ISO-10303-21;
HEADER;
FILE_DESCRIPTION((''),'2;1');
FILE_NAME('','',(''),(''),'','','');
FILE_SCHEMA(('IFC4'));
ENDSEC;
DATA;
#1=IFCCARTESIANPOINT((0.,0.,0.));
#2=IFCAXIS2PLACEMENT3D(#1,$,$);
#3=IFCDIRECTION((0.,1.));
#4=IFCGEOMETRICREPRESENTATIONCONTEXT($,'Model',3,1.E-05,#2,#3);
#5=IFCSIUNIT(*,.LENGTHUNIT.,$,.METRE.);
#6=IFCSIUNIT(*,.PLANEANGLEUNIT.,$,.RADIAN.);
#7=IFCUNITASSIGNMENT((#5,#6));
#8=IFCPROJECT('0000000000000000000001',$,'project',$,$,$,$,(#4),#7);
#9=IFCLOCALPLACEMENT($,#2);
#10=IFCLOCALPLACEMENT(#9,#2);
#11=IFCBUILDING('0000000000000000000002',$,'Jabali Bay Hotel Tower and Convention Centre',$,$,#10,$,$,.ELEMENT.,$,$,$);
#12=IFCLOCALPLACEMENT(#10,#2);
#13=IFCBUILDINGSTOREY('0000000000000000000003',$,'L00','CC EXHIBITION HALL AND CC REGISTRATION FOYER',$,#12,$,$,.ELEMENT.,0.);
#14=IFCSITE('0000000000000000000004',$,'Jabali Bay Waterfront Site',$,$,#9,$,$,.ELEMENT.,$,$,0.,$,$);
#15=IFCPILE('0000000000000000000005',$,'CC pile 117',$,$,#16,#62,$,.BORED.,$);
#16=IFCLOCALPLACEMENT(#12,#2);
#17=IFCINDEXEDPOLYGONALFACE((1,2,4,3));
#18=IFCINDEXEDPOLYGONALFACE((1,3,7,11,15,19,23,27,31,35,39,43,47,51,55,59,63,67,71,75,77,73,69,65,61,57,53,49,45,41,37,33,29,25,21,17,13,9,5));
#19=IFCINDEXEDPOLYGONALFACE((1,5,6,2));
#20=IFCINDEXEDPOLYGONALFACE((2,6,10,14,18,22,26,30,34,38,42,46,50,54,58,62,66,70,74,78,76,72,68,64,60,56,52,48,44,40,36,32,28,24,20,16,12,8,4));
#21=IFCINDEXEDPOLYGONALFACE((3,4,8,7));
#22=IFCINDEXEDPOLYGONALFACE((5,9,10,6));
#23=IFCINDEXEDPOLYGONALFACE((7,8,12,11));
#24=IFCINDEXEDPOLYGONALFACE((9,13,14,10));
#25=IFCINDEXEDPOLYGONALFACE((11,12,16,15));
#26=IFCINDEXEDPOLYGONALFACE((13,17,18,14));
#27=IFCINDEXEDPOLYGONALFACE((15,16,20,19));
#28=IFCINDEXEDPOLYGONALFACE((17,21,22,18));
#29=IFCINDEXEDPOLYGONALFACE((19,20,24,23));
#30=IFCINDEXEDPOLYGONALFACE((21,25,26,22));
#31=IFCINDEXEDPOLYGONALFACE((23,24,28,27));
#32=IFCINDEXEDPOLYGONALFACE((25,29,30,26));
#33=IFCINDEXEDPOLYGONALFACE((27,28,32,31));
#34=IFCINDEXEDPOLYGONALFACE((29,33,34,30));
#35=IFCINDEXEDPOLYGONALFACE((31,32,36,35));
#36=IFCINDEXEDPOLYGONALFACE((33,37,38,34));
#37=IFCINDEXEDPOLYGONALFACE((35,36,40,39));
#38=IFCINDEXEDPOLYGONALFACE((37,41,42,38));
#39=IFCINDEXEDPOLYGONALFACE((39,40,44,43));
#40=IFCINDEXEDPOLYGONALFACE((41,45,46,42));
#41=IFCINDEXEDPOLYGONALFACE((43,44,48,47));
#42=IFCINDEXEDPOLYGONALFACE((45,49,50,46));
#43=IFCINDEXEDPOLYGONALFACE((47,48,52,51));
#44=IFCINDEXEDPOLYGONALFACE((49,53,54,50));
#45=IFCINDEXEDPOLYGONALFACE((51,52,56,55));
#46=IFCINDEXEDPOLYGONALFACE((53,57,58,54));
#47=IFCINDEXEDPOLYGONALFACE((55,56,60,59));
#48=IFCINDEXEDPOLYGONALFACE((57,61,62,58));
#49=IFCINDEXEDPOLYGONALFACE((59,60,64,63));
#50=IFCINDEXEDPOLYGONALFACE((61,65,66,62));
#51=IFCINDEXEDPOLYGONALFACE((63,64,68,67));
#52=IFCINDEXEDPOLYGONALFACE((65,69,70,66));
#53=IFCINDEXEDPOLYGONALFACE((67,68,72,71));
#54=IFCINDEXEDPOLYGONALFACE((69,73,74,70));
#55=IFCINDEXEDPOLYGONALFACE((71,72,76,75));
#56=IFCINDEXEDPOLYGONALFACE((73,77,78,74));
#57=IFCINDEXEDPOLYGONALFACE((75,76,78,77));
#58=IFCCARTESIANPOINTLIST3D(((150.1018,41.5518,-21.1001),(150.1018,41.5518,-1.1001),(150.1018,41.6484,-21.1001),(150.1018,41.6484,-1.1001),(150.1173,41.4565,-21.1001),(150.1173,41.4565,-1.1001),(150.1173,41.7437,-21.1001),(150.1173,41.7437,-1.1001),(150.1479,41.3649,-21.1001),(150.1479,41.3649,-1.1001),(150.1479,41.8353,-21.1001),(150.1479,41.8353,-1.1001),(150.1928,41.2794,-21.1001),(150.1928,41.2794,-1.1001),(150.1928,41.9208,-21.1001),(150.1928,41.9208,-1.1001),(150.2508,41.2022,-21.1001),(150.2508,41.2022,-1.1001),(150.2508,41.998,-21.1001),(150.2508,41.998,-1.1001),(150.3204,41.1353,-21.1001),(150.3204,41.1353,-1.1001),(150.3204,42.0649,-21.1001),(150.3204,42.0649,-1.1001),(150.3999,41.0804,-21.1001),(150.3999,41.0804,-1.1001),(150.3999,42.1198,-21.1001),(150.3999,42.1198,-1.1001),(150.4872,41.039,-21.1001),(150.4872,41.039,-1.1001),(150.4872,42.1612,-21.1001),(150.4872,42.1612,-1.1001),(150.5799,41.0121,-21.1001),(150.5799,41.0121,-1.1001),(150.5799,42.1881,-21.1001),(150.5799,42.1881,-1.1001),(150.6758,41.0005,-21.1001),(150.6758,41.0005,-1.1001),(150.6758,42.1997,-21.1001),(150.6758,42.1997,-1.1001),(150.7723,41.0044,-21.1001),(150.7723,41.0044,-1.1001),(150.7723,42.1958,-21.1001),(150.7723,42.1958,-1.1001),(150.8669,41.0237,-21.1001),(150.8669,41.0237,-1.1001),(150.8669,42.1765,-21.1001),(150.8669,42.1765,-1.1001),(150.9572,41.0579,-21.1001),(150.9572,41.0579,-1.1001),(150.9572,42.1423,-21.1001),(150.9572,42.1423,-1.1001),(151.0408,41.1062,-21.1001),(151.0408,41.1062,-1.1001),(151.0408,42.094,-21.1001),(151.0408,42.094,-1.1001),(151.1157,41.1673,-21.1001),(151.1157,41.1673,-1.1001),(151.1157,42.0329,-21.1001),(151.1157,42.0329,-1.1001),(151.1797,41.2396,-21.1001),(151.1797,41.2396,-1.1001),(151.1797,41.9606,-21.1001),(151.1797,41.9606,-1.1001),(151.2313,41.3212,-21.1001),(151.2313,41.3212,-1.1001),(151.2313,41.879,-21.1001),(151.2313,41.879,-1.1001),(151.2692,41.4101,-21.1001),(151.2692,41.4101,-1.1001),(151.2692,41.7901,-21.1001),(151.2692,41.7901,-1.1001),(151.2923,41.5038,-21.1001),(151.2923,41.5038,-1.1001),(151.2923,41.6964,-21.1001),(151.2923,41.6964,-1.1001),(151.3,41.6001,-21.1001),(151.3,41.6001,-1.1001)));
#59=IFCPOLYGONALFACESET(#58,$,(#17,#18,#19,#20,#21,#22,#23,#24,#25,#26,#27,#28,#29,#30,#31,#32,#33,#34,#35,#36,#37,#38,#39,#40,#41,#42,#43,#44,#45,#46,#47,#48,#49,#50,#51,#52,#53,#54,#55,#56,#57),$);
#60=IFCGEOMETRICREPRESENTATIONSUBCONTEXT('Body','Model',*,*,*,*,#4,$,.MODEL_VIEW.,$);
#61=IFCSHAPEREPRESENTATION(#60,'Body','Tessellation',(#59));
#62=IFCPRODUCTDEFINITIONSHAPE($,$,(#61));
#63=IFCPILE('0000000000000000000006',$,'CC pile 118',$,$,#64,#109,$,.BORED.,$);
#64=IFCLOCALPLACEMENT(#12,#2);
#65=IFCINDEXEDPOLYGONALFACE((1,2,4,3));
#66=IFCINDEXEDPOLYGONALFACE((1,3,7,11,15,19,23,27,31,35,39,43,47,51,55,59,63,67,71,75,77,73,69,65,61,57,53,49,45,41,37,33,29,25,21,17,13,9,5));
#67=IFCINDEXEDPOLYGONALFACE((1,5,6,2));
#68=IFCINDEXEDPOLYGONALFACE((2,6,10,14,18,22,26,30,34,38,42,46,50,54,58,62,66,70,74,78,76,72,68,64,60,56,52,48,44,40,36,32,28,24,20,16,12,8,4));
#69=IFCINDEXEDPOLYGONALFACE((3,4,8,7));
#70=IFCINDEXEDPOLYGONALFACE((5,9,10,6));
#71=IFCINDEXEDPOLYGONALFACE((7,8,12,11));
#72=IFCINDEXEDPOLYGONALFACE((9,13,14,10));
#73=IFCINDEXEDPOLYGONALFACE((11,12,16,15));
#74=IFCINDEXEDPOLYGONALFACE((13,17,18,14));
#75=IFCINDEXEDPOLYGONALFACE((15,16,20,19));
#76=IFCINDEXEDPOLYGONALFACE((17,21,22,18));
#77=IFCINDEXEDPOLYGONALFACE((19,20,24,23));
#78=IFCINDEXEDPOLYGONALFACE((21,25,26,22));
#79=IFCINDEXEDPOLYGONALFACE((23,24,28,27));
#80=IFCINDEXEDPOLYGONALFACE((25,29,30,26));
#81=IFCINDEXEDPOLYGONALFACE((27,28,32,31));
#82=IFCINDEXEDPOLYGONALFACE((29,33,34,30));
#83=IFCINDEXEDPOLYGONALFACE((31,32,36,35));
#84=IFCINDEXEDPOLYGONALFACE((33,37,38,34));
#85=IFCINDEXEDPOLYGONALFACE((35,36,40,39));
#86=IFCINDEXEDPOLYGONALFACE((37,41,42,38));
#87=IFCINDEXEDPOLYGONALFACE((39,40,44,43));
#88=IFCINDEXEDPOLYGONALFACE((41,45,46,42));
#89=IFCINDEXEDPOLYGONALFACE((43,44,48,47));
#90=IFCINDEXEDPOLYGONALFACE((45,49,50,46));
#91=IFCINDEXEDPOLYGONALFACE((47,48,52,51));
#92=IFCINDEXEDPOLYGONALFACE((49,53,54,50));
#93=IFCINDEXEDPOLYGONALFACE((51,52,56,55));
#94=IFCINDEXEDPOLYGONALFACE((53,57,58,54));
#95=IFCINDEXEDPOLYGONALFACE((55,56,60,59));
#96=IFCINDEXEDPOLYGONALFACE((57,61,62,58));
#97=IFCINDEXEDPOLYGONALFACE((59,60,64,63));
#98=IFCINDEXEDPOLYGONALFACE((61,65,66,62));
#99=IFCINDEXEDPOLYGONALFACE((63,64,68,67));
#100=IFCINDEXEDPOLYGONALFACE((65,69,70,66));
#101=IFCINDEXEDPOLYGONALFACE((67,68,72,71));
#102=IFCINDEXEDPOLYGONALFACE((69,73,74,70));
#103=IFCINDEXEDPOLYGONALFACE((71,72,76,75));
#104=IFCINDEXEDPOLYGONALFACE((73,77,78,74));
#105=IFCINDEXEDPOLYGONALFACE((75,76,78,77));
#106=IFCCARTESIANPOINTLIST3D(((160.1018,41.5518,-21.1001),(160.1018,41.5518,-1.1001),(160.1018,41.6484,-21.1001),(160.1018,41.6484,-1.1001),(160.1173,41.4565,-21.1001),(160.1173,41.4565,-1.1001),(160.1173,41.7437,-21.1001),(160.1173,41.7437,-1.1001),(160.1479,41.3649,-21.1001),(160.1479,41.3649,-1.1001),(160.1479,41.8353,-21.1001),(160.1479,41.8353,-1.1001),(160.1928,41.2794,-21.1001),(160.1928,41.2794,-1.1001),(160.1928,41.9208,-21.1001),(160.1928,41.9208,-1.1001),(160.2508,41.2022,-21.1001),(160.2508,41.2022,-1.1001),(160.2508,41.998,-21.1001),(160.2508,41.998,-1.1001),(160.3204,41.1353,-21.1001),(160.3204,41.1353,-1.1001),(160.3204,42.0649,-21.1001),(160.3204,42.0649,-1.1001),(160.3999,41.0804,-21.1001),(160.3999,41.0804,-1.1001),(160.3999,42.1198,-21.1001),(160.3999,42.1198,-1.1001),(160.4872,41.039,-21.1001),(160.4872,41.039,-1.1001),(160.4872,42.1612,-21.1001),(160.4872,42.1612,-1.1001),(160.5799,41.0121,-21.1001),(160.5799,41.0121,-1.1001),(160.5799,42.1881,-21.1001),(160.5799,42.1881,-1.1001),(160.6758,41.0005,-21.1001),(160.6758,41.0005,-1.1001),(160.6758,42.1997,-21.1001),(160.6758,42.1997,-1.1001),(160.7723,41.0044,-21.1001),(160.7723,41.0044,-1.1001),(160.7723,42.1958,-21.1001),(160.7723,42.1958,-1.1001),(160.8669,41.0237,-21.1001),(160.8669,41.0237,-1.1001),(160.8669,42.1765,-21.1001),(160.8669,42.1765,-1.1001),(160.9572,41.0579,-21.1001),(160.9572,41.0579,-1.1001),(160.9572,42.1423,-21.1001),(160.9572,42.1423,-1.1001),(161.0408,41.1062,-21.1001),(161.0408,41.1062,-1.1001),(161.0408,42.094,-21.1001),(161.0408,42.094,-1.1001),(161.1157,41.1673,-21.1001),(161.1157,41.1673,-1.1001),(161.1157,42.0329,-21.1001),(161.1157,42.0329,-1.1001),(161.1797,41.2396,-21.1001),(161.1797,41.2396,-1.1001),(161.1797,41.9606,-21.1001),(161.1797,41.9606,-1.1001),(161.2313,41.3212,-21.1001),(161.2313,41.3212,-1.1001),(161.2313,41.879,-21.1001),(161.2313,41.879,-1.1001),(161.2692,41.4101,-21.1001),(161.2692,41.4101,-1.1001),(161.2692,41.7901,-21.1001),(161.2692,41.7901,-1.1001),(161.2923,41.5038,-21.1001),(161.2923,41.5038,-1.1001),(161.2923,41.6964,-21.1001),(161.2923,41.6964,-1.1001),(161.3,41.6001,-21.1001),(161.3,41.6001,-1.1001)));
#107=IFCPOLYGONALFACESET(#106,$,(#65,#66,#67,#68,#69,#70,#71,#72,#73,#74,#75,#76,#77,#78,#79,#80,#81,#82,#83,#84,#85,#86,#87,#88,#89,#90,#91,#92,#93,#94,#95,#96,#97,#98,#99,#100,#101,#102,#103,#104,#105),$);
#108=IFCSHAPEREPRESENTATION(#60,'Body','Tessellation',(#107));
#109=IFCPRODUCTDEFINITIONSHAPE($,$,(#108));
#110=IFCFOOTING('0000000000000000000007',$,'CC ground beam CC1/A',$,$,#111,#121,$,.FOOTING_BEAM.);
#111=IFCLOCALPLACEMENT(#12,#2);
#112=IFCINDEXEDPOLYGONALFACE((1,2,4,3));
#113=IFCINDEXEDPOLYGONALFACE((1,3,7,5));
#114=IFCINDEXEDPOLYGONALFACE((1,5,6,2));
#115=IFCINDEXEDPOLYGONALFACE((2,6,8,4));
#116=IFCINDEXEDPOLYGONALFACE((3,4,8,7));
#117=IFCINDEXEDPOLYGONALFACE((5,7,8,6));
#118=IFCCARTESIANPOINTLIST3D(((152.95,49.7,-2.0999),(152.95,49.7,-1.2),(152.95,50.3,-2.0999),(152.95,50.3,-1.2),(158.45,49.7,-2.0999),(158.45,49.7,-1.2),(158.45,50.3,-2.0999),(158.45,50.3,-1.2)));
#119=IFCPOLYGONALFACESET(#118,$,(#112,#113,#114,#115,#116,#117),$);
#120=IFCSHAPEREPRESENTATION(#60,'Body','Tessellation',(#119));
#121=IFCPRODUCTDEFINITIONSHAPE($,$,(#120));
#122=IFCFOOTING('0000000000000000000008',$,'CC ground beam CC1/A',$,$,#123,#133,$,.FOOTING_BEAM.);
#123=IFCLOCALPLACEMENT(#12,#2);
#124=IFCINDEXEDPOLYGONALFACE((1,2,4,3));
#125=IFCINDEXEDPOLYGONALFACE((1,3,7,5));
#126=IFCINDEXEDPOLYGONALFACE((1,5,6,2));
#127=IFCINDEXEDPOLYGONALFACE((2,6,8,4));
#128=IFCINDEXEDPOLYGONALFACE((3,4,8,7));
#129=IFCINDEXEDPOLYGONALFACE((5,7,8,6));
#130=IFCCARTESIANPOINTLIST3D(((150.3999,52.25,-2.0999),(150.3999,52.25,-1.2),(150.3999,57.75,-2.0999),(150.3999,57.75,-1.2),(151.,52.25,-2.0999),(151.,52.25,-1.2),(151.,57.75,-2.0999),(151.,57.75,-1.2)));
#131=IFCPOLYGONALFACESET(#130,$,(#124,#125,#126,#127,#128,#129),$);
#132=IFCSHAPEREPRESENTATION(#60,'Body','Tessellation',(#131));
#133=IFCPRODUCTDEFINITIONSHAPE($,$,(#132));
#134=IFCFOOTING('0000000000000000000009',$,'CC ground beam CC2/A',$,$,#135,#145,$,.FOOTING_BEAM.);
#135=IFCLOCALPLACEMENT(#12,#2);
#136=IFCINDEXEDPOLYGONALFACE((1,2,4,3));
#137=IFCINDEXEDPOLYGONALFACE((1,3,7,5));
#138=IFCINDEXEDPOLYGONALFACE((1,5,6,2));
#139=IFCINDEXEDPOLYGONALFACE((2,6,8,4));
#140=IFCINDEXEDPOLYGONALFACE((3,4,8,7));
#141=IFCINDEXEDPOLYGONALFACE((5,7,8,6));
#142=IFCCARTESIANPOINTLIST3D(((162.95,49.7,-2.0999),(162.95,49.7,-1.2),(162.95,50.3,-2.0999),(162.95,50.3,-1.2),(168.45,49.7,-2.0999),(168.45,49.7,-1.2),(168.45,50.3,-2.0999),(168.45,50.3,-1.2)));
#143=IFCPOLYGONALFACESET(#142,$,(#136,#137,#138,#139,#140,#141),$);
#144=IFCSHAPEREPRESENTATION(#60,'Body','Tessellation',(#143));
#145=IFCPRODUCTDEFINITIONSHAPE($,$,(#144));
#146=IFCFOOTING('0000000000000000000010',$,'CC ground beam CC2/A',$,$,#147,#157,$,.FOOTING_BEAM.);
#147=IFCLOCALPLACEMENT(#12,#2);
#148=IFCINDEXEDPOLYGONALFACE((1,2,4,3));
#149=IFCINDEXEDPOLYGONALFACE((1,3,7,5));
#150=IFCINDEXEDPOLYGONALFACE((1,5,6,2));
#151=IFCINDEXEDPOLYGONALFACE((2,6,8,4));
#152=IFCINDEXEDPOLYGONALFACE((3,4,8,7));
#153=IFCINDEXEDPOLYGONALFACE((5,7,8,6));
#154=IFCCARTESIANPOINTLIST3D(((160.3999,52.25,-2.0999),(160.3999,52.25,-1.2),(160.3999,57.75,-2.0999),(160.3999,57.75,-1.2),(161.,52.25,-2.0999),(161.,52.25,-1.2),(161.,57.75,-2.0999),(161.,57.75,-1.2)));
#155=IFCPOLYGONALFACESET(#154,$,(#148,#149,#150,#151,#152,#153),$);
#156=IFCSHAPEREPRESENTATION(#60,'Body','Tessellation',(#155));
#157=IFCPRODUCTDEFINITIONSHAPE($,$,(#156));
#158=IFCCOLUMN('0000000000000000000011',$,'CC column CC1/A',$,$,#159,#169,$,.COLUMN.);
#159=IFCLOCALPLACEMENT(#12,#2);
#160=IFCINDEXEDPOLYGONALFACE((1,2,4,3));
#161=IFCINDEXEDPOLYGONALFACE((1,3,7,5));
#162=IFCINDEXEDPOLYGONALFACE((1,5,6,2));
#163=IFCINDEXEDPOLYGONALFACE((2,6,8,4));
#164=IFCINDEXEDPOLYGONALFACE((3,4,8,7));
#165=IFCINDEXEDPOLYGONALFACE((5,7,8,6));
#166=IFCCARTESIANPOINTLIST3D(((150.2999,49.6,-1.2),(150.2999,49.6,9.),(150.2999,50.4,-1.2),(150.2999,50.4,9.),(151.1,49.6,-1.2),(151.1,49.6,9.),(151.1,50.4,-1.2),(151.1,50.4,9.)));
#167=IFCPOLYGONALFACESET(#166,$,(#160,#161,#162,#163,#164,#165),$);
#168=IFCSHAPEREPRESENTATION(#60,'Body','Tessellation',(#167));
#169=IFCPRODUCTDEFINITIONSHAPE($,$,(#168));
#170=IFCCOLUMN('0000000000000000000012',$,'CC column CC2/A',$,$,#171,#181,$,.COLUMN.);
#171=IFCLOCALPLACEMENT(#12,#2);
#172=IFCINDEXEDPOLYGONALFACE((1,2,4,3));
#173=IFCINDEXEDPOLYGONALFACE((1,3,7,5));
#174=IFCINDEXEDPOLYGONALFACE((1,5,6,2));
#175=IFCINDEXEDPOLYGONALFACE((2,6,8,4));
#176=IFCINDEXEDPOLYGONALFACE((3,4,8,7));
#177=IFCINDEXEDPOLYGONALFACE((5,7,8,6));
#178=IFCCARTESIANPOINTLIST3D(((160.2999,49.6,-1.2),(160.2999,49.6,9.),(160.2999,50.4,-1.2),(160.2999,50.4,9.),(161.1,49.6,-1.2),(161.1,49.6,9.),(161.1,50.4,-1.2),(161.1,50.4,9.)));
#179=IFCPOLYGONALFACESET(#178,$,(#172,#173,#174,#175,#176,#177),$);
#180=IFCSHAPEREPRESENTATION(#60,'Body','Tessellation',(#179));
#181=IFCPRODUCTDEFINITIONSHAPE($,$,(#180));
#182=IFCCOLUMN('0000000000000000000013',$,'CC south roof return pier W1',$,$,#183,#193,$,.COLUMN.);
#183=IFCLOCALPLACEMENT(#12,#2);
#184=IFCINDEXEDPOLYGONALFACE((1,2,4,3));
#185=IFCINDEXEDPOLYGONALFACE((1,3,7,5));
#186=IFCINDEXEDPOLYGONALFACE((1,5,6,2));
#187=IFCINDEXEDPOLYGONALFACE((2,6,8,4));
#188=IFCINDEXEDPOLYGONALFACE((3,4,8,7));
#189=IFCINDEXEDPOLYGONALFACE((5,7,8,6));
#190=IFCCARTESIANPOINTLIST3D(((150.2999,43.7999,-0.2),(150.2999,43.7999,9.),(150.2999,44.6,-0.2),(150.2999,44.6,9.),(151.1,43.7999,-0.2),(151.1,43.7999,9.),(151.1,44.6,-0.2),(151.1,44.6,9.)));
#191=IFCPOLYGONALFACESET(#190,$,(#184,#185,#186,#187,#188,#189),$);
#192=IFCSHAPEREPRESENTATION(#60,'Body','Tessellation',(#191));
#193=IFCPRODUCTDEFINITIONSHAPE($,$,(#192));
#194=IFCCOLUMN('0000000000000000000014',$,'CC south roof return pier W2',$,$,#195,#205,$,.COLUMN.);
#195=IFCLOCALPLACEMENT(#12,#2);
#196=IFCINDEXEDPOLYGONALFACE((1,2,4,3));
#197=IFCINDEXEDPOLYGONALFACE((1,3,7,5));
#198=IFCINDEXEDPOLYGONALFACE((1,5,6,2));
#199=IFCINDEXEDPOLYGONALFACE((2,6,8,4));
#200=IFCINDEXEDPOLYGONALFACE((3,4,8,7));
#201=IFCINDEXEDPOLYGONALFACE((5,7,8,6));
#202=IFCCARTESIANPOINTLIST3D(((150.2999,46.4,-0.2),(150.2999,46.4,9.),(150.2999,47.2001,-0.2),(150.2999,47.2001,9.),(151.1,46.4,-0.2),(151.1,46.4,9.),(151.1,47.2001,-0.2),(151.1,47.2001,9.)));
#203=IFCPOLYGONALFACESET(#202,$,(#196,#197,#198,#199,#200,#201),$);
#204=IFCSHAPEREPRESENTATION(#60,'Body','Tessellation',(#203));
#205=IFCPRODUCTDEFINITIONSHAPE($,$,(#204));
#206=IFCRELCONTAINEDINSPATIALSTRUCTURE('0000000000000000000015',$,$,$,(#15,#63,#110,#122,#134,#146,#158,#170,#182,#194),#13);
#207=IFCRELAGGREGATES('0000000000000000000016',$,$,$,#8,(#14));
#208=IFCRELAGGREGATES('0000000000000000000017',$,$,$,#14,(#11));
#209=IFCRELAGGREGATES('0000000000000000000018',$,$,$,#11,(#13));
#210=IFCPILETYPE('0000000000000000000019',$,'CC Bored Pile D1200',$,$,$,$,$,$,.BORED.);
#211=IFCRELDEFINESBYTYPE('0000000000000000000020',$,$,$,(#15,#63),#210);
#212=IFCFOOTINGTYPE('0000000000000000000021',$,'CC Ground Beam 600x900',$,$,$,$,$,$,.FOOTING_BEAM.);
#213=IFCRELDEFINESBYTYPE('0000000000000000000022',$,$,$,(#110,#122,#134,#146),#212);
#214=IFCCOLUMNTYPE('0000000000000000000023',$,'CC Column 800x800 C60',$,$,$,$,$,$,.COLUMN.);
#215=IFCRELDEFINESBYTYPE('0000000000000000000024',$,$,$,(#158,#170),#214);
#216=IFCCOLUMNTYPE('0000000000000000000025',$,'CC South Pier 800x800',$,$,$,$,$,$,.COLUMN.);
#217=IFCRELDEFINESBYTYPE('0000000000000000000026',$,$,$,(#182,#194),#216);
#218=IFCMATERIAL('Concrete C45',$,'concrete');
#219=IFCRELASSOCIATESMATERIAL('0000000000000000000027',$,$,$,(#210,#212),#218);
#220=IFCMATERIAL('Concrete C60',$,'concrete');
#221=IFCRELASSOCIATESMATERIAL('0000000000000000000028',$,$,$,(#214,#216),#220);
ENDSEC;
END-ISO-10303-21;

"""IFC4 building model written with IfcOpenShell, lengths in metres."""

from ifc_helpers import new_model, si_unit, direction, frame, origin, origin_2d, place, context, subcontext, project, spatial, rectangle, circle, extrude, material, material_profile, profile_set, type_object, element, save


model = new_model("IFC4")

# Units and contexts
model_context = context("Model", 3, precision=1e-05, world=origin(), true_north=direction((0.0, 1.0)))
body_context = subcontext(model_context, "Body", "Model", "MODEL_VIEW")
ifc_project = project(units=[si_unit("LENGTHUNIT", "METRE"), si_unit("PLANEANGLEUNIT", "RADIAN")], contexts=[model_context])

# Site, building, storey
site_placement = place(None, origin())
site = spatial("IfcSite", under=ifc_project, at=site_placement, Name="Jabali Bay Waterfront Site", CompositionType="ELEMENT", RefElevation=0.0)
building_placement = place(site_placement, origin())
building = spatial("IfcBuilding", under=site, at=building_placement, Name="Jabali Bay Hotel Tower and Convention Centre", CompositionType="ELEMENT")
storey_placement = place(building_placement, origin())
storey = spatial("IfcBuildingStorey", under=building, at=storey_placement, Name="L00", Description="CC EXHIBITION HALL AND CC REGISTRATION FOYER", CompositionType="ELEMENT", Elevation=0.0)

# Piles
ifc_material_1 = material(Name="Concrete C45", Category="concrete")
ifc_material_profile_1 = material_profile(ifc_material_1, circle(Radius=0.6001, at=origin_2d()), Name="D1200")
ifc_profile_set_1 = profile_set([ifc_material_profile_1], Name="Concrete C45")
pile_type = type_object("IfcPileType", Name="CC Bored Pile D1200", PredefinedType="BORED", material=ifc_profile_set_1)
for number, where, z_axis, x_axis, name in (
    (1, (150.7, 41.6001, -1.1001), (0.0, 0.0, -1.0), (1.0, 0.0, 0.0), "CC pile 117"),
    (2, (160.7, 41.6001, -1.1001), (0.0, 0.0, -1.0), (1.0, 0.0, 0.0), "CC pile 118"),
):
    element("IfcPile", number, at=place(storey_placement, frame(where, z_axis=z_axis, x_axis=x_axis)), inside=storey, type_object=pile_type, Name=name, PredefinedType="BORED", context=body_context, shape_type="SweptSolid", body=[
        extrude(circle(Radius=0.6001, at=origin_2d()), origin(), (0.0, 0.0, 1.0), 20.0),
    ])

# Footings
ifc_material_profile_2 = material_profile(ifc_material_1, rectangle(XDim=0.6001, YDim=0.8999, at=origin_2d()), Name="RC 600x900")
ifc_profile_set_2 = profile_set([ifc_material_profile_2], Name="Concrete C45")
footing_type = type_object("IfcFootingType", Name="CC Ground Beam 600x900", PredefinedType="FOOTING_BEAM", material=ifc_profile_set_2)
for number, where, z_axis, x_axis, name in (
    (3, (152.95, 50.0, -1.6499), (1.0, 0.0, 0.0), (0.0, 1.0, 0.0), "CC ground beam CC1/A"),
    (4, (150.7, 52.25, -1.6499), (0.0, 1.0, 0.0), (-1.0, 0.0, 0.0), "CC ground beam CC1/A"),
    (5, (162.95, 50.0, -1.6499), (1.0, 0.0, 0.0), (0.0, 1.0, 0.0), "CC ground beam CC2/A"),
    (6, (160.7, 52.25, -1.6499), (0.0, 1.0, 0.0), (-1.0, 0.0, 0.0), "CC ground beam CC2/A"),
):
    element("IfcFooting", number, at=place(storey_placement, frame(where, z_axis=z_axis, x_axis=x_axis)), inside=storey, type_object=footing_type, Name=name, PredefinedType="FOOTING_BEAM", context=body_context, shape_type="SweptSolid", body=[
        extrude(rectangle(XDim=0.6001, YDim=0.8999, at=origin_2d()), origin(), (0.0, 0.0, 1.0), 5.5),
    ])

# Columns
ifc_material_2 = material(Name="Concrete C60", Category="concrete")
ifc_material_profile_3 = material_profile(ifc_material_2, rectangle(XDim=0.8, YDim=0.8, at=origin_2d()), Name="RC 800x800")
ifc_profile_set_3 = profile_set([ifc_material_profile_3], Name="Concrete C60")
column_type_1 = type_object("IfcColumnType", Name="CC Column 800x800 C60", PredefinedType="COLUMN", material=ifc_profile_set_3)
for number, where, z_axis, x_axis, name in (
    (7, (150.7, 50.0, -1.2), (0.0, 0.0, 1.0), (1.0, 0.0, 0.0), "CC column CC1/A"),
    (8, (160.7, 50.0, -1.2), (0.0, 0.0, 1.0), (1.0, 0.0, 0.0), "CC column CC2/A"),
):
    element("IfcColumn", number, at=place(storey_placement, frame(where, z_axis=z_axis, x_axis=x_axis)), inside=storey, type_object=column_type_1, Name=name, PredefinedType="COLUMN", context=body_context, shape_type="SweptSolid", body=[
        extrude(rectangle(XDim=0.8, YDim=0.8, at=origin_2d()), origin(), (0.0, 0.0, 1.0), 10.2),
    ])
ifc_material_profile_4 = material_profile(ifc_material_2, rectangle(XDim=0.8, YDim=0.8, at=origin_2d()), Name="RC 800x800")
ifc_profile_set_4 = profile_set([ifc_material_profile_4], Name="Concrete C60")
column_type_2 = type_object("IfcColumnType", Name="CC South Pier 800x800", PredefinedType="COLUMN", material=ifc_profile_set_4)
for number, where, z_axis, x_axis, name in (
    (9, (150.7, 44.2, -0.2), (0.0, 0.0, 1.0), (1.0, 0.0, 0.0), "CC south roof return pier W1"),
    (10, (150.7, 46.8, -0.2), (0.0, 0.0, 1.0), (1.0, 0.0, 0.0), "CC south roof return pier W2"),
):
    element("IfcColumn", number, at=place(storey_placement, frame(where, z_axis=z_axis, x_axis=x_axis)), inside=storey, type_object=column_type_2, Name=name, PredefinedType="COLUMN", context=body_context, shape_type="SweptSolid", body=[
        extrude(rectangle(XDim=0.8, YDim=0.8, at=origin_2d()), origin(), (0.0, 0.0, 1.0), 9.2),
    ])

save(model, "model.ifc")
